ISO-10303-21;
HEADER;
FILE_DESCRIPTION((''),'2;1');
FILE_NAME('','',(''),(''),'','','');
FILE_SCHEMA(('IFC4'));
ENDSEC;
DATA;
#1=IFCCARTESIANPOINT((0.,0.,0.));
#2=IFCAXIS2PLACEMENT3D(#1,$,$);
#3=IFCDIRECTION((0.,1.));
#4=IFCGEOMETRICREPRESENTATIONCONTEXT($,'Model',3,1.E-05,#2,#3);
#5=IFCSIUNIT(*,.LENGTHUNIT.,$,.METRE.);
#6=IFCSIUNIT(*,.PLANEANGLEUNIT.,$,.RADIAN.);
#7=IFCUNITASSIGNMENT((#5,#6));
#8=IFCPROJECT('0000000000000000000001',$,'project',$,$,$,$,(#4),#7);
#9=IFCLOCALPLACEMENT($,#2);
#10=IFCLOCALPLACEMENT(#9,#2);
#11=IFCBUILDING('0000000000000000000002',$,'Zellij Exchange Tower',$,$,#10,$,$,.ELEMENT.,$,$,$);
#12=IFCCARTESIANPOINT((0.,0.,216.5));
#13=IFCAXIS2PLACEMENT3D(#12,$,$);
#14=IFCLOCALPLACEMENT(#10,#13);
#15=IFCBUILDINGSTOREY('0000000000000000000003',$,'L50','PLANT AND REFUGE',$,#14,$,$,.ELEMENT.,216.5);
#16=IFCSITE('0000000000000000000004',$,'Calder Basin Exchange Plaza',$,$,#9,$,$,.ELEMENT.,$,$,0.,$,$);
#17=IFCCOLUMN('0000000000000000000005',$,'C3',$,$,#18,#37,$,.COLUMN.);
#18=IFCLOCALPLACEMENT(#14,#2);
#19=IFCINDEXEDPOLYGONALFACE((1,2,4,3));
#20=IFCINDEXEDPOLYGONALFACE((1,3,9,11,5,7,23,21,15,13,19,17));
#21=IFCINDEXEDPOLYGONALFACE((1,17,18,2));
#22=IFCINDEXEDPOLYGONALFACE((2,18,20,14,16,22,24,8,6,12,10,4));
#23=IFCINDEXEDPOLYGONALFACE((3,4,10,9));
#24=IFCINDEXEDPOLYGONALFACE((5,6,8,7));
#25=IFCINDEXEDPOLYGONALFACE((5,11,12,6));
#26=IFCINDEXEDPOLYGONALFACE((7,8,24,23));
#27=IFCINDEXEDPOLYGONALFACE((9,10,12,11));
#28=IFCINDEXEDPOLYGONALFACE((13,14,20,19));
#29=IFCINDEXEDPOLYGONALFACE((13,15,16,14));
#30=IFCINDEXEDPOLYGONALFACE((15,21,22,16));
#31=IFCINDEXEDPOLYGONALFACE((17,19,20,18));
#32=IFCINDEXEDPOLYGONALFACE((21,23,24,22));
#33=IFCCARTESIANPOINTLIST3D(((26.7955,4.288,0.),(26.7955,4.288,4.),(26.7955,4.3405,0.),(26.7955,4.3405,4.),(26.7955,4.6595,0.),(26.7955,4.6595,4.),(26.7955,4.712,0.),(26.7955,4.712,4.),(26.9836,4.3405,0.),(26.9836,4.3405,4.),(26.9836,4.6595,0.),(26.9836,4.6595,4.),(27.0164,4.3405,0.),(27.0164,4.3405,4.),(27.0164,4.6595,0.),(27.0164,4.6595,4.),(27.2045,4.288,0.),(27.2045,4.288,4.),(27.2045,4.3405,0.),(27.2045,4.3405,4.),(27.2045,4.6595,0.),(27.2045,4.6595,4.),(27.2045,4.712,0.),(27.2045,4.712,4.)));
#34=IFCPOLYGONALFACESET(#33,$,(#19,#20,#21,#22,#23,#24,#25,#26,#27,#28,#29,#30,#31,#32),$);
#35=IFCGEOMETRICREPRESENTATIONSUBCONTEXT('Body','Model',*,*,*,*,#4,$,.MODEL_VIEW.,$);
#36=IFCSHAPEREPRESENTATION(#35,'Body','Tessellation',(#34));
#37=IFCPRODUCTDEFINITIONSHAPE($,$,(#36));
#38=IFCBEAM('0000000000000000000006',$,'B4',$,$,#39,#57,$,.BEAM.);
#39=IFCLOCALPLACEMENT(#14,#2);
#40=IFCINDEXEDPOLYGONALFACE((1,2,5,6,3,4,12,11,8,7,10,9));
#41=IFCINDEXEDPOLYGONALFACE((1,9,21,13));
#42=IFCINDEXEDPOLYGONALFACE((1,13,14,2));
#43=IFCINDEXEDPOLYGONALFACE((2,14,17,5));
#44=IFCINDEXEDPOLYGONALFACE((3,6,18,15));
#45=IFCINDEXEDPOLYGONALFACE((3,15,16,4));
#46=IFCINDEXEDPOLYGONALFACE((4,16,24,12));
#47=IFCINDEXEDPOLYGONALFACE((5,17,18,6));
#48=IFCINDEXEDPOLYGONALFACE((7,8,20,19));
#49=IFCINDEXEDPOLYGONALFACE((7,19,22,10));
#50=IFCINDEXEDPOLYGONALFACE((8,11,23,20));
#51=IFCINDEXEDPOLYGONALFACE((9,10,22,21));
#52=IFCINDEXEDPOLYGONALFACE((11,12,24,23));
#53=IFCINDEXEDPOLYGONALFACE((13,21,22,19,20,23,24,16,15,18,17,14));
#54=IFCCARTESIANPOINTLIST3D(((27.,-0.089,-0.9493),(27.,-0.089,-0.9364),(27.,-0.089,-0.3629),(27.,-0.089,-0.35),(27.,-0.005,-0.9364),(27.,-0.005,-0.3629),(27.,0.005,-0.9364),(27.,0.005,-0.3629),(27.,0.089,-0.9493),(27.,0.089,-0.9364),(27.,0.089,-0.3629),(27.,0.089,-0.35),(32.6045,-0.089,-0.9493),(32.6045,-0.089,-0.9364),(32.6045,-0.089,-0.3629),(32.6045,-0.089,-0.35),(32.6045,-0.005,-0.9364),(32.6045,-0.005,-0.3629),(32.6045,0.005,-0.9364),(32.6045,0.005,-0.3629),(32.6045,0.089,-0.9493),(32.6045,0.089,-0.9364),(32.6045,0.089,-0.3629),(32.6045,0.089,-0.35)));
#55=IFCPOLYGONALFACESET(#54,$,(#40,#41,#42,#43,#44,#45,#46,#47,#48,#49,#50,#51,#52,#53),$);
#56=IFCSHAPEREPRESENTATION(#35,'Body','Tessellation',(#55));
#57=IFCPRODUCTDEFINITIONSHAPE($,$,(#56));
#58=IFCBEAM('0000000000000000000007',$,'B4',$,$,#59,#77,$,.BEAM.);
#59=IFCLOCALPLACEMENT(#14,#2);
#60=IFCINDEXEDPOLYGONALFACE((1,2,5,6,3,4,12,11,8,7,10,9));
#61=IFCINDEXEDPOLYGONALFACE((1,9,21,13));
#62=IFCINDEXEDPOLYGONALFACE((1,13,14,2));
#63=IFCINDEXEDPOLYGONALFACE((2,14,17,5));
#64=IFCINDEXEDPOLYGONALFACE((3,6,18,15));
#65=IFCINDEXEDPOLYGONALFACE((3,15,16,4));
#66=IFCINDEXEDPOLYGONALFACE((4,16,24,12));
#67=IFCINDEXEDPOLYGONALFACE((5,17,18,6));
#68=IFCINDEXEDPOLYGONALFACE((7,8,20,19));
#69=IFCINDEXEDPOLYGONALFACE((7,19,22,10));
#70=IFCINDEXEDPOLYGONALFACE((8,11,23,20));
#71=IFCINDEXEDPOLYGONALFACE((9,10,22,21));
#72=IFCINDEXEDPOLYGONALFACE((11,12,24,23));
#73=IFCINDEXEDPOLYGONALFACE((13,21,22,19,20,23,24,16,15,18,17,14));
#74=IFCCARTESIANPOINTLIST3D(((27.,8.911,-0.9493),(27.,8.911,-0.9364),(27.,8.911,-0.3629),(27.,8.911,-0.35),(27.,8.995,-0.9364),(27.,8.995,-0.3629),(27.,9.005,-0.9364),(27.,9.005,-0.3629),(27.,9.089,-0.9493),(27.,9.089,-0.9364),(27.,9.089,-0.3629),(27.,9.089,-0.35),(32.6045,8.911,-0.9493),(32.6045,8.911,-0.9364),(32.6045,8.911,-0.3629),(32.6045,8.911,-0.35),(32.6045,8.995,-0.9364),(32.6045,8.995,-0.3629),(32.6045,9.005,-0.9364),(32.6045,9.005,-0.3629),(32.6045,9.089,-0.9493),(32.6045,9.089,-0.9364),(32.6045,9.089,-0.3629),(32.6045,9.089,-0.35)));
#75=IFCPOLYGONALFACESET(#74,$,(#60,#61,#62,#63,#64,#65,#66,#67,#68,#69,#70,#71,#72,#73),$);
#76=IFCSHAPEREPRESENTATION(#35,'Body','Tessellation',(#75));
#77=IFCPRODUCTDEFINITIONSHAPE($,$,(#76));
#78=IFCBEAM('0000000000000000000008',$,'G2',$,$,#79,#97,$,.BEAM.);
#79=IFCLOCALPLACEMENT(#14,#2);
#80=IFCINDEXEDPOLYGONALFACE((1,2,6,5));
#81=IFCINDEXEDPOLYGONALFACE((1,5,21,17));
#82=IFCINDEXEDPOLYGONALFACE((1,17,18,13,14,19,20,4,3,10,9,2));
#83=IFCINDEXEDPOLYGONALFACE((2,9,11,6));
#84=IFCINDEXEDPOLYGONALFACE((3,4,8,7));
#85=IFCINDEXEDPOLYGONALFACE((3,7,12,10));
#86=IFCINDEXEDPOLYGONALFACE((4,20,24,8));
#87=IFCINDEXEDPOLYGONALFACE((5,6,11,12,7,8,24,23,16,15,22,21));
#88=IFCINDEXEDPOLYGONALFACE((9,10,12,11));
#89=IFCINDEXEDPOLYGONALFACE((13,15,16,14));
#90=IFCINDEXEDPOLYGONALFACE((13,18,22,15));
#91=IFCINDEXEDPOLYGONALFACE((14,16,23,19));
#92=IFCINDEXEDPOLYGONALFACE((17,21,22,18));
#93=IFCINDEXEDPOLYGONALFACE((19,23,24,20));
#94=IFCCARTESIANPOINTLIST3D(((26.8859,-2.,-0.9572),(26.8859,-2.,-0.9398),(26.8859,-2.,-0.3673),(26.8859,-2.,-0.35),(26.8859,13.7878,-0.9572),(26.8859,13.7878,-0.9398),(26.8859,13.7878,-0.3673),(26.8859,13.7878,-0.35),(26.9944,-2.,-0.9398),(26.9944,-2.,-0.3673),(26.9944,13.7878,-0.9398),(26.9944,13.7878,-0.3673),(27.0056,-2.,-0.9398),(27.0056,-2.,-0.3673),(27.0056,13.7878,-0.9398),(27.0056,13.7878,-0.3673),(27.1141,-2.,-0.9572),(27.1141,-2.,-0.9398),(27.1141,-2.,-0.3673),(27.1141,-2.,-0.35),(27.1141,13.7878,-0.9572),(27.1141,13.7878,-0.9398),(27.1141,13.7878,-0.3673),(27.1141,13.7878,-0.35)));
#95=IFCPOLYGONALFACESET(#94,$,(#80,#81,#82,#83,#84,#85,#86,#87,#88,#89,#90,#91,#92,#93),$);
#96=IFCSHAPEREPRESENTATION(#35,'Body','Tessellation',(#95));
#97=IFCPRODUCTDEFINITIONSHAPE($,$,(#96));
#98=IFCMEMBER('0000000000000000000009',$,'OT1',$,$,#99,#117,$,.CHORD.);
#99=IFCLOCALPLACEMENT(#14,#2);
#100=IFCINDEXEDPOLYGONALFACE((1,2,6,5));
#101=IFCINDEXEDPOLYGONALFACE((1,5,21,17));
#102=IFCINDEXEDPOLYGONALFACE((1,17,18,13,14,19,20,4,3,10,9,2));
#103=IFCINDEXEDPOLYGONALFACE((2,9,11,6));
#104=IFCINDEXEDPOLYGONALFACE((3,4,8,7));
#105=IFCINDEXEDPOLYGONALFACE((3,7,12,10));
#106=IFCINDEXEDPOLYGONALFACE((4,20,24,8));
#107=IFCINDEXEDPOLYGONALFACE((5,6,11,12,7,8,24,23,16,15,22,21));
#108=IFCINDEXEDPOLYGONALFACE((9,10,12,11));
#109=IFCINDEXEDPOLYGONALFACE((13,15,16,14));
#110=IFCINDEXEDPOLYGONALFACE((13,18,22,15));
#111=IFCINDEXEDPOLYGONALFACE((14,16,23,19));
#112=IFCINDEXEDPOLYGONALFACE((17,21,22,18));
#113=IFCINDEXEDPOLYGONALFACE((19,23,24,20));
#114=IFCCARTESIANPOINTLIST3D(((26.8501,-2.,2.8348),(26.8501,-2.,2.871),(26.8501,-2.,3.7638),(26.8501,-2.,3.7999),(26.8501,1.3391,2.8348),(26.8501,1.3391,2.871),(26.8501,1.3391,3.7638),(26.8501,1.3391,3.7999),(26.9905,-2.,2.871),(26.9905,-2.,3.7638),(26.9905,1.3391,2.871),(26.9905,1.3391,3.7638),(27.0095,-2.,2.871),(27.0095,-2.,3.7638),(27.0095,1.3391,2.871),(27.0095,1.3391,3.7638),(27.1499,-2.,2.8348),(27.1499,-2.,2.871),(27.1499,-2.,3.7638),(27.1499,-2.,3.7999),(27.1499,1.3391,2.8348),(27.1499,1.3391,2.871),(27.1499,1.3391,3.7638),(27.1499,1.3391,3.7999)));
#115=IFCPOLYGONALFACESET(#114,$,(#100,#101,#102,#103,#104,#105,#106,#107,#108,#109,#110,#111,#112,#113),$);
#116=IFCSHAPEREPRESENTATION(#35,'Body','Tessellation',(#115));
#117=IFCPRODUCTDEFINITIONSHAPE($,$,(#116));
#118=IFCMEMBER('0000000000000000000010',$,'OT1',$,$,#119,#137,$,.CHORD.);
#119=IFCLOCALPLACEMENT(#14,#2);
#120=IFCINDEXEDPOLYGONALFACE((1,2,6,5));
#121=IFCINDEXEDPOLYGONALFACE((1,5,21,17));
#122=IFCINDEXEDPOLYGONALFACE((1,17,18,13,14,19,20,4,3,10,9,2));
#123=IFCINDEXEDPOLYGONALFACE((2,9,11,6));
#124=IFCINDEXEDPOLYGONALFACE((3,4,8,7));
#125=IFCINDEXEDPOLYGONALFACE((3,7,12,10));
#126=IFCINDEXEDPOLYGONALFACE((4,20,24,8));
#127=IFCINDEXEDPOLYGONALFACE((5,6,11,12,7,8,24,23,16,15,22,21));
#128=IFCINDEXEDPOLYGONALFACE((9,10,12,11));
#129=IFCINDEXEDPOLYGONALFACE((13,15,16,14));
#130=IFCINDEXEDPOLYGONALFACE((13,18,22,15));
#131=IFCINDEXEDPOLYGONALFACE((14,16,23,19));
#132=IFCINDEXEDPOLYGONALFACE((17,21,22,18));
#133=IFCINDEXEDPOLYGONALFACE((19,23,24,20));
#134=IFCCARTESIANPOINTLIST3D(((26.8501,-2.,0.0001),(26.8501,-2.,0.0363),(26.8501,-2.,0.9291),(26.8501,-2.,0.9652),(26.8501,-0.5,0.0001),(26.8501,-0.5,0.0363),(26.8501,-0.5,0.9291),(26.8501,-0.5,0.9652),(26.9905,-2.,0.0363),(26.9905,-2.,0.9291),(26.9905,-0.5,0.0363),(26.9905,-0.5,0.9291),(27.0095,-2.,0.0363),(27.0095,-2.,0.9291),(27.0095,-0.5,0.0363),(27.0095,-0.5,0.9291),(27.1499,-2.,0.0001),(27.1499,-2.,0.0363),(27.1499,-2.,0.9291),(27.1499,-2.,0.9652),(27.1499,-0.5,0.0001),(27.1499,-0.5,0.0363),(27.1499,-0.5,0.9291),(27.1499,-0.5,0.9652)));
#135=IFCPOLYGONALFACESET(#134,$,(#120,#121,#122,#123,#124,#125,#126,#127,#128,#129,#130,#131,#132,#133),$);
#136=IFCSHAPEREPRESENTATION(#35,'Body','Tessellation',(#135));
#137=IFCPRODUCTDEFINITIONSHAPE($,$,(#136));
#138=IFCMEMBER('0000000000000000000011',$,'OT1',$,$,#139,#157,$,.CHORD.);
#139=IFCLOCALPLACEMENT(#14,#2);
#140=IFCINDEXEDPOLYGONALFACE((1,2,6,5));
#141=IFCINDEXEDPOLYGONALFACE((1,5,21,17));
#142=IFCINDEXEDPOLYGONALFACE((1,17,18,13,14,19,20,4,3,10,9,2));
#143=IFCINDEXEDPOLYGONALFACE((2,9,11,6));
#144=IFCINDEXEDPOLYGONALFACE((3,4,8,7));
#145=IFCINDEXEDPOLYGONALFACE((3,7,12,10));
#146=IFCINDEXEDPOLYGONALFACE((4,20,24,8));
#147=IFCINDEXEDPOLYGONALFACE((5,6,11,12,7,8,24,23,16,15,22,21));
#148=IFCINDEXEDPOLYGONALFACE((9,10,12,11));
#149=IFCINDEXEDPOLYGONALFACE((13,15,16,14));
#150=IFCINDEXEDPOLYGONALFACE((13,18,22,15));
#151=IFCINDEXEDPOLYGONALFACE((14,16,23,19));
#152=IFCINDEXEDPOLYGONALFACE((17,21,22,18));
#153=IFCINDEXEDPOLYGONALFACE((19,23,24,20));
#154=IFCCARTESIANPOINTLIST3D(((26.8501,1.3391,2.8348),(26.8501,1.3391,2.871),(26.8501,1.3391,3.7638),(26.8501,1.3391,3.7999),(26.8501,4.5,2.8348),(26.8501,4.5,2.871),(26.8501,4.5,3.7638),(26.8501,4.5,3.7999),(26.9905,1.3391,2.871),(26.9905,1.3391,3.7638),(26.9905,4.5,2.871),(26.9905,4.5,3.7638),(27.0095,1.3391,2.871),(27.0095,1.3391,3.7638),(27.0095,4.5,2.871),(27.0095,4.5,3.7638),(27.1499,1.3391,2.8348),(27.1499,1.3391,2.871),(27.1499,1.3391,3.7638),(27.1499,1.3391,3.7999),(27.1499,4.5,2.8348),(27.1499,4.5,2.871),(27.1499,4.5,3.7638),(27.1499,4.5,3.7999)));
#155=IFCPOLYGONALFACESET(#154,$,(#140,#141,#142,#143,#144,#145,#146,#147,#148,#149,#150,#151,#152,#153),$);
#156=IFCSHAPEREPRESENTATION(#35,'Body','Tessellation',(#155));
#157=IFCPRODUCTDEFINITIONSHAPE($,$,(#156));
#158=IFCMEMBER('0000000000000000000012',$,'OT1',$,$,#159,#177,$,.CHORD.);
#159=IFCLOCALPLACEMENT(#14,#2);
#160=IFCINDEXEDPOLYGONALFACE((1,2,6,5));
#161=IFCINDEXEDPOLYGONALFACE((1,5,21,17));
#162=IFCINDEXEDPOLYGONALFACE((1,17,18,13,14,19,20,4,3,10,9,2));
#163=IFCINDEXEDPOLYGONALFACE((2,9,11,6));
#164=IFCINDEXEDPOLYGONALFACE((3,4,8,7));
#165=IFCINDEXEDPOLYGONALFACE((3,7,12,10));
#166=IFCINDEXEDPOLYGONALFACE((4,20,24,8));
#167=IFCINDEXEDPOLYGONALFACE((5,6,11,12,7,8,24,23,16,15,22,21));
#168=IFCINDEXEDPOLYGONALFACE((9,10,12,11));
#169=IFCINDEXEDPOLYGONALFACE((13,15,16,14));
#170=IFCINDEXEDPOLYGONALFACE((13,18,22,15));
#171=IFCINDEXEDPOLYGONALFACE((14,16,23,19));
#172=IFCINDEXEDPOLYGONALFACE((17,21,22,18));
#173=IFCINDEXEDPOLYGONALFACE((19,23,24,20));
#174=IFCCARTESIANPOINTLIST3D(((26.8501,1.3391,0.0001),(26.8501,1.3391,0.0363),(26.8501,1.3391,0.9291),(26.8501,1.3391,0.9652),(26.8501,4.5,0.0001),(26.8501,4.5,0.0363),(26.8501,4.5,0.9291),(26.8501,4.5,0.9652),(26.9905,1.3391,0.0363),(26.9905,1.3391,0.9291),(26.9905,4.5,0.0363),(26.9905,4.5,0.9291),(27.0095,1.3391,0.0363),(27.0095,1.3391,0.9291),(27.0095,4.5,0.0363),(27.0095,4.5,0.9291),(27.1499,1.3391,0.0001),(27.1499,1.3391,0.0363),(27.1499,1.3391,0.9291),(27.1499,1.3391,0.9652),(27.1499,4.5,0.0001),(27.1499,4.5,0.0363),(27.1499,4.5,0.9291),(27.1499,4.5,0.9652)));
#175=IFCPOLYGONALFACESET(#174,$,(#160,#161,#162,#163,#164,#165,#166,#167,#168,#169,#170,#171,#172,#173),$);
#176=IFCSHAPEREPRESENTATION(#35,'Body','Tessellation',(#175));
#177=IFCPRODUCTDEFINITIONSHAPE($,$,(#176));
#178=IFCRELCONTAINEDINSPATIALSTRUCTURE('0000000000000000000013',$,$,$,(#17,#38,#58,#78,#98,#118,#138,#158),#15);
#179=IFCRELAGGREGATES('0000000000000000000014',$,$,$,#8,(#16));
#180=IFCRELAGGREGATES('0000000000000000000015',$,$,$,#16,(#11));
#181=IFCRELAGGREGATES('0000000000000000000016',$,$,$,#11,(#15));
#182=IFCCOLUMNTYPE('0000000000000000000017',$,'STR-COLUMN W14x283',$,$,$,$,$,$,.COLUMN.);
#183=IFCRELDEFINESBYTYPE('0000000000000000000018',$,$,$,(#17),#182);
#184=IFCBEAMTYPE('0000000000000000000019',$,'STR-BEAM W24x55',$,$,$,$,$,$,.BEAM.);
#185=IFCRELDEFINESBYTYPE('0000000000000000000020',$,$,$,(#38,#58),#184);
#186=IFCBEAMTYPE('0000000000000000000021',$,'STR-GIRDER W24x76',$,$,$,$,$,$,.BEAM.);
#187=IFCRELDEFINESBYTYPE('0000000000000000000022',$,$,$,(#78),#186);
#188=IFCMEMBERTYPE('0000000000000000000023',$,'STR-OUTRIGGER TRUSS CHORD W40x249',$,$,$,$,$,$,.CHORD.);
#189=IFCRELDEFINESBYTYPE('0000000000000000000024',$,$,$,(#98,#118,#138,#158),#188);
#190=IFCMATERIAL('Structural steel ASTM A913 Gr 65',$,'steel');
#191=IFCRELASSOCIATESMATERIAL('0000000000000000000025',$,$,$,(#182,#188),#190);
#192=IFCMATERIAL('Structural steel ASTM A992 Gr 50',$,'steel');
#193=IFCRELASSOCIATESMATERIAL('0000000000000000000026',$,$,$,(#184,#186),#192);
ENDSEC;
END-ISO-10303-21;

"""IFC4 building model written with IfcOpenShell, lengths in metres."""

from ifc_helpers import new_model, si_unit, direction, frame, origin, origin_2d, place, context, subcontext, project, spatial, i_section, extrude, material, material_profile, profile_set, type_object, element, save


model = new_model("IFC4")

# Units and contexts
model_context = context("Model", 3, precision=1e-05, world=origin(), true_north=direction((0.0, 1.0)))
body_context = subcontext(model_context, "Body", "Model", "MODEL_VIEW")
ifc_project = project(units=[si_unit("LENGTHUNIT", "METRE"), si_unit("PLANEANGLEUNIT", "RADIAN")], contexts=[model_context])

# Site, building, storey
site_placement = place(None, origin())
site = spatial("IfcSite", under=ifc_project, at=site_placement, Name="Calder Basin Exchange Plaza", CompositionType="ELEMENT", RefElevation=0.0)
building_placement = place(site_placement, origin())
building = spatial("IfcBuilding", under=site, at=building_placement, Name="Zellij Exchange Tower", CompositionType="ELEMENT")
storey_placement = place(building_placement, frame((0.0, 0.0, 216.5)))
storey = spatial("IfcBuildingStorey", under=building, at=storey_placement, Name="L50", Description="PLANT AND REFUGE", CompositionType="ELEMENT", Elevation=216.5)

# Column
ifc_material_1 = material(Name="Structural steel ASTM A913 Gr 65", Category="steel")
ifc_material_profile_1 = material_profile(ifc_material_1, i_section(OverallWidth=0.4089, OverallDepth=0.4241, WebThickness=0.0327, FlangeThickness=0.0525, at=origin_2d()), Name="W14x283")
ifc_profile_set_1 = profile_set([ifc_material_profile_1], Name="Structural steel ASTM A913 Gr 65")
column_type = type_object("IfcColumnType", Name="STR-COLUMN W14x283", PredefinedType="COLUMN", material=ifc_profile_set_1)
column_placement = place(storey_placement, frame((27.0, 4.5, 0.0), z_axis=(0.0, 0.0, 1.0), x_axis=(1.0, 0.0, 0.0)))
element("IfcColumn", 1, at=column_placement, inside=storey, type_object=column_type, Name="C3", PredefinedType="COLUMN", context=body_context, shape_type="SweptSolid", body=[
    extrude(i_section(OverallWidth=0.4089, OverallDepth=0.4241, WebThickness=0.0327, FlangeThickness=0.0525, at=origin_2d()), origin(), (0.0, 0.0, 1.0), 4.0),
])

# Beams
ifc_material_2 = material(Name="Structural steel ASTM A992 Gr 50", Category="steel")
ifc_material_profile_2 = material_profile(ifc_material_2, i_section(OverallWidth=0.178, OverallDepth=0.5994, WebThickness=0.01, FlangeThickness=0.0129, at=origin_2d()), Name="W24x55")
ifc_profile_set_2 = profile_set([ifc_material_profile_2], Name="Structural steel ASTM A992 Gr 50")
beam_type_1 = type_object("IfcBeamType", Name="STR-BEAM W24x55", PredefinedType="BEAM", material=ifc_profile_set_2)
for number, where, z_axis, x_axis, name in (
    (2, (27.0, 0.0, -0.6497), (1.0, 0.0, 0.0), (0.0, 1.0, 0.0), "B4"),
    (3, (27.0, 9.0, -0.6497), (1.0, 0.0, 0.0), (0.0, 1.0, 0.0), "B4"),
):
    element("IfcBeam", number, at=place(storey_placement, frame(where, z_axis=z_axis, x_axis=x_axis)), inside=storey, type_object=beam_type_1, Name=name, PredefinedType="BEAM", context=body_context, shape_type="SweptSolid", body=[
        extrude(i_section(OverallWidth=0.178, OverallDepth=0.5994, WebThickness=0.01, FlangeThickness=0.0129, at=origin_2d()), origin(), (0.0, 0.0, 1.0), 5.6045),
    ])
ifc_material_profile_3 = material_profile(ifc_material_2, i_section(OverallWidth=0.2283, OverallDepth=0.6072, WebThickness=0.0112, FlangeThickness=0.0173, at=origin_2d()), Name="W24x76")
ifc_profile_set_3 = profile_set([ifc_material_profile_3], Name="Structural steel ASTM A992 Gr 50")
beam_type_2 = type_object("IfcBeamType", Name="STR-GIRDER W24x76", PredefinedType="BEAM", material=ifc_profile_set_3)
beam_placement = place(storey_placement, frame((27.0, -2.0, -0.6536), z_axis=(0.0, 1.0, 0.0), x_axis=(-1.0, 0.0, 0.0)))
element("IfcBeam", 4, at=beam_placement, inside=storey, type_object=beam_type_2, Name="G2", PredefinedType="BEAM", context=body_context, shape_type="SweptSolid", body=[
    extrude(i_section(OverallWidth=0.2283, OverallDepth=0.6072, WebThickness=0.0112, FlangeThickness=0.0173, at=origin_2d()), origin(), (0.0, 0.0, 1.0), 15.7878),
])

# Members
ifc_material_profile_4 = material_profile(ifc_material_1, i_section(OverallWidth=0.2998, OverallDepth=0.9651, WebThickness=0.019, FlangeThickness=0.0361, at=origin_2d()), Name="W40x249")
ifc_profile_set_4 = profile_set([ifc_material_profile_4], Name="Structural steel ASTM A913 Gr 65")
member_type_1 = type_object("IfcMemberType", Name="STR-OUTRIGGER TRUSS CHORD W40x249", PredefinedType="CHORD", material=ifc_profile_set_4)
member_1_placement = place(storey_placement, frame((27.0, -2.0, 3.3174), z_axis=(0.0, 1.0, 0.0), x_axis=(-1.0, 0.0, 0.0)))
element("IfcMember", 5, at=member_1_placement, inside=storey, type_object=member_type_1, Name="OT1", PredefinedType="CHORD", context=body_context, shape_type="SweptSolid", body=[
    extrude(i_section(OverallWidth=0.2998, OverallDepth=0.9651, WebThickness=0.019, FlangeThickness=0.0361, at=origin_2d()), origin(), (0.0, 0.0, 1.0), 3.3391),
])
member_2_placement = place(storey_placement, frame((27.0, -2.0, 0.4827), z_axis=(0.0, 1.0, 0.0), x_axis=(-1.0, 0.0, 0.0)))
element("IfcMember", 6, at=member_2_placement, inside=storey, type_object=member_type_1, Name="OT1", PredefinedType="CHORD", context=body_context, shape_type="SweptSolid", body=[
    extrude(i_section(OverallWidth=0.2998, OverallDepth=0.9651, WebThickness=0.019, FlangeThickness=0.0361, at=origin_2d()), origin(), (0.0, 0.0, 1.0), 1.5),
])
for number, where, z_axis, x_axis, name in (
    (7, (27.0, 1.3391, 3.3174), (0.0, 1.0, 0.0), (-1.0, 0.0, 0.0), "OT1"),
    (8, (27.0, 1.3391, 0.4827), (0.0, 1.0, 0.0), (-1.0, 0.0, 0.0), "OT1"),
):
    element("IfcMember", number, at=place(storey_placement, frame(where, z_axis=z_axis, x_axis=x_axis)), inside=storey, type_object=member_type_1, Name=name, PredefinedType="CHORD", context=body_context, shape_type="SweptSolid", body=[
        extrude(i_section(OverallWidth=0.2998, OverallDepth=0.9651, WebThickness=0.019, FlangeThickness=0.0361, at=origin_2d()), origin(), (0.0, 0.0, 1.0), 3.1609),
    ])

save(model, "model.ifc")
